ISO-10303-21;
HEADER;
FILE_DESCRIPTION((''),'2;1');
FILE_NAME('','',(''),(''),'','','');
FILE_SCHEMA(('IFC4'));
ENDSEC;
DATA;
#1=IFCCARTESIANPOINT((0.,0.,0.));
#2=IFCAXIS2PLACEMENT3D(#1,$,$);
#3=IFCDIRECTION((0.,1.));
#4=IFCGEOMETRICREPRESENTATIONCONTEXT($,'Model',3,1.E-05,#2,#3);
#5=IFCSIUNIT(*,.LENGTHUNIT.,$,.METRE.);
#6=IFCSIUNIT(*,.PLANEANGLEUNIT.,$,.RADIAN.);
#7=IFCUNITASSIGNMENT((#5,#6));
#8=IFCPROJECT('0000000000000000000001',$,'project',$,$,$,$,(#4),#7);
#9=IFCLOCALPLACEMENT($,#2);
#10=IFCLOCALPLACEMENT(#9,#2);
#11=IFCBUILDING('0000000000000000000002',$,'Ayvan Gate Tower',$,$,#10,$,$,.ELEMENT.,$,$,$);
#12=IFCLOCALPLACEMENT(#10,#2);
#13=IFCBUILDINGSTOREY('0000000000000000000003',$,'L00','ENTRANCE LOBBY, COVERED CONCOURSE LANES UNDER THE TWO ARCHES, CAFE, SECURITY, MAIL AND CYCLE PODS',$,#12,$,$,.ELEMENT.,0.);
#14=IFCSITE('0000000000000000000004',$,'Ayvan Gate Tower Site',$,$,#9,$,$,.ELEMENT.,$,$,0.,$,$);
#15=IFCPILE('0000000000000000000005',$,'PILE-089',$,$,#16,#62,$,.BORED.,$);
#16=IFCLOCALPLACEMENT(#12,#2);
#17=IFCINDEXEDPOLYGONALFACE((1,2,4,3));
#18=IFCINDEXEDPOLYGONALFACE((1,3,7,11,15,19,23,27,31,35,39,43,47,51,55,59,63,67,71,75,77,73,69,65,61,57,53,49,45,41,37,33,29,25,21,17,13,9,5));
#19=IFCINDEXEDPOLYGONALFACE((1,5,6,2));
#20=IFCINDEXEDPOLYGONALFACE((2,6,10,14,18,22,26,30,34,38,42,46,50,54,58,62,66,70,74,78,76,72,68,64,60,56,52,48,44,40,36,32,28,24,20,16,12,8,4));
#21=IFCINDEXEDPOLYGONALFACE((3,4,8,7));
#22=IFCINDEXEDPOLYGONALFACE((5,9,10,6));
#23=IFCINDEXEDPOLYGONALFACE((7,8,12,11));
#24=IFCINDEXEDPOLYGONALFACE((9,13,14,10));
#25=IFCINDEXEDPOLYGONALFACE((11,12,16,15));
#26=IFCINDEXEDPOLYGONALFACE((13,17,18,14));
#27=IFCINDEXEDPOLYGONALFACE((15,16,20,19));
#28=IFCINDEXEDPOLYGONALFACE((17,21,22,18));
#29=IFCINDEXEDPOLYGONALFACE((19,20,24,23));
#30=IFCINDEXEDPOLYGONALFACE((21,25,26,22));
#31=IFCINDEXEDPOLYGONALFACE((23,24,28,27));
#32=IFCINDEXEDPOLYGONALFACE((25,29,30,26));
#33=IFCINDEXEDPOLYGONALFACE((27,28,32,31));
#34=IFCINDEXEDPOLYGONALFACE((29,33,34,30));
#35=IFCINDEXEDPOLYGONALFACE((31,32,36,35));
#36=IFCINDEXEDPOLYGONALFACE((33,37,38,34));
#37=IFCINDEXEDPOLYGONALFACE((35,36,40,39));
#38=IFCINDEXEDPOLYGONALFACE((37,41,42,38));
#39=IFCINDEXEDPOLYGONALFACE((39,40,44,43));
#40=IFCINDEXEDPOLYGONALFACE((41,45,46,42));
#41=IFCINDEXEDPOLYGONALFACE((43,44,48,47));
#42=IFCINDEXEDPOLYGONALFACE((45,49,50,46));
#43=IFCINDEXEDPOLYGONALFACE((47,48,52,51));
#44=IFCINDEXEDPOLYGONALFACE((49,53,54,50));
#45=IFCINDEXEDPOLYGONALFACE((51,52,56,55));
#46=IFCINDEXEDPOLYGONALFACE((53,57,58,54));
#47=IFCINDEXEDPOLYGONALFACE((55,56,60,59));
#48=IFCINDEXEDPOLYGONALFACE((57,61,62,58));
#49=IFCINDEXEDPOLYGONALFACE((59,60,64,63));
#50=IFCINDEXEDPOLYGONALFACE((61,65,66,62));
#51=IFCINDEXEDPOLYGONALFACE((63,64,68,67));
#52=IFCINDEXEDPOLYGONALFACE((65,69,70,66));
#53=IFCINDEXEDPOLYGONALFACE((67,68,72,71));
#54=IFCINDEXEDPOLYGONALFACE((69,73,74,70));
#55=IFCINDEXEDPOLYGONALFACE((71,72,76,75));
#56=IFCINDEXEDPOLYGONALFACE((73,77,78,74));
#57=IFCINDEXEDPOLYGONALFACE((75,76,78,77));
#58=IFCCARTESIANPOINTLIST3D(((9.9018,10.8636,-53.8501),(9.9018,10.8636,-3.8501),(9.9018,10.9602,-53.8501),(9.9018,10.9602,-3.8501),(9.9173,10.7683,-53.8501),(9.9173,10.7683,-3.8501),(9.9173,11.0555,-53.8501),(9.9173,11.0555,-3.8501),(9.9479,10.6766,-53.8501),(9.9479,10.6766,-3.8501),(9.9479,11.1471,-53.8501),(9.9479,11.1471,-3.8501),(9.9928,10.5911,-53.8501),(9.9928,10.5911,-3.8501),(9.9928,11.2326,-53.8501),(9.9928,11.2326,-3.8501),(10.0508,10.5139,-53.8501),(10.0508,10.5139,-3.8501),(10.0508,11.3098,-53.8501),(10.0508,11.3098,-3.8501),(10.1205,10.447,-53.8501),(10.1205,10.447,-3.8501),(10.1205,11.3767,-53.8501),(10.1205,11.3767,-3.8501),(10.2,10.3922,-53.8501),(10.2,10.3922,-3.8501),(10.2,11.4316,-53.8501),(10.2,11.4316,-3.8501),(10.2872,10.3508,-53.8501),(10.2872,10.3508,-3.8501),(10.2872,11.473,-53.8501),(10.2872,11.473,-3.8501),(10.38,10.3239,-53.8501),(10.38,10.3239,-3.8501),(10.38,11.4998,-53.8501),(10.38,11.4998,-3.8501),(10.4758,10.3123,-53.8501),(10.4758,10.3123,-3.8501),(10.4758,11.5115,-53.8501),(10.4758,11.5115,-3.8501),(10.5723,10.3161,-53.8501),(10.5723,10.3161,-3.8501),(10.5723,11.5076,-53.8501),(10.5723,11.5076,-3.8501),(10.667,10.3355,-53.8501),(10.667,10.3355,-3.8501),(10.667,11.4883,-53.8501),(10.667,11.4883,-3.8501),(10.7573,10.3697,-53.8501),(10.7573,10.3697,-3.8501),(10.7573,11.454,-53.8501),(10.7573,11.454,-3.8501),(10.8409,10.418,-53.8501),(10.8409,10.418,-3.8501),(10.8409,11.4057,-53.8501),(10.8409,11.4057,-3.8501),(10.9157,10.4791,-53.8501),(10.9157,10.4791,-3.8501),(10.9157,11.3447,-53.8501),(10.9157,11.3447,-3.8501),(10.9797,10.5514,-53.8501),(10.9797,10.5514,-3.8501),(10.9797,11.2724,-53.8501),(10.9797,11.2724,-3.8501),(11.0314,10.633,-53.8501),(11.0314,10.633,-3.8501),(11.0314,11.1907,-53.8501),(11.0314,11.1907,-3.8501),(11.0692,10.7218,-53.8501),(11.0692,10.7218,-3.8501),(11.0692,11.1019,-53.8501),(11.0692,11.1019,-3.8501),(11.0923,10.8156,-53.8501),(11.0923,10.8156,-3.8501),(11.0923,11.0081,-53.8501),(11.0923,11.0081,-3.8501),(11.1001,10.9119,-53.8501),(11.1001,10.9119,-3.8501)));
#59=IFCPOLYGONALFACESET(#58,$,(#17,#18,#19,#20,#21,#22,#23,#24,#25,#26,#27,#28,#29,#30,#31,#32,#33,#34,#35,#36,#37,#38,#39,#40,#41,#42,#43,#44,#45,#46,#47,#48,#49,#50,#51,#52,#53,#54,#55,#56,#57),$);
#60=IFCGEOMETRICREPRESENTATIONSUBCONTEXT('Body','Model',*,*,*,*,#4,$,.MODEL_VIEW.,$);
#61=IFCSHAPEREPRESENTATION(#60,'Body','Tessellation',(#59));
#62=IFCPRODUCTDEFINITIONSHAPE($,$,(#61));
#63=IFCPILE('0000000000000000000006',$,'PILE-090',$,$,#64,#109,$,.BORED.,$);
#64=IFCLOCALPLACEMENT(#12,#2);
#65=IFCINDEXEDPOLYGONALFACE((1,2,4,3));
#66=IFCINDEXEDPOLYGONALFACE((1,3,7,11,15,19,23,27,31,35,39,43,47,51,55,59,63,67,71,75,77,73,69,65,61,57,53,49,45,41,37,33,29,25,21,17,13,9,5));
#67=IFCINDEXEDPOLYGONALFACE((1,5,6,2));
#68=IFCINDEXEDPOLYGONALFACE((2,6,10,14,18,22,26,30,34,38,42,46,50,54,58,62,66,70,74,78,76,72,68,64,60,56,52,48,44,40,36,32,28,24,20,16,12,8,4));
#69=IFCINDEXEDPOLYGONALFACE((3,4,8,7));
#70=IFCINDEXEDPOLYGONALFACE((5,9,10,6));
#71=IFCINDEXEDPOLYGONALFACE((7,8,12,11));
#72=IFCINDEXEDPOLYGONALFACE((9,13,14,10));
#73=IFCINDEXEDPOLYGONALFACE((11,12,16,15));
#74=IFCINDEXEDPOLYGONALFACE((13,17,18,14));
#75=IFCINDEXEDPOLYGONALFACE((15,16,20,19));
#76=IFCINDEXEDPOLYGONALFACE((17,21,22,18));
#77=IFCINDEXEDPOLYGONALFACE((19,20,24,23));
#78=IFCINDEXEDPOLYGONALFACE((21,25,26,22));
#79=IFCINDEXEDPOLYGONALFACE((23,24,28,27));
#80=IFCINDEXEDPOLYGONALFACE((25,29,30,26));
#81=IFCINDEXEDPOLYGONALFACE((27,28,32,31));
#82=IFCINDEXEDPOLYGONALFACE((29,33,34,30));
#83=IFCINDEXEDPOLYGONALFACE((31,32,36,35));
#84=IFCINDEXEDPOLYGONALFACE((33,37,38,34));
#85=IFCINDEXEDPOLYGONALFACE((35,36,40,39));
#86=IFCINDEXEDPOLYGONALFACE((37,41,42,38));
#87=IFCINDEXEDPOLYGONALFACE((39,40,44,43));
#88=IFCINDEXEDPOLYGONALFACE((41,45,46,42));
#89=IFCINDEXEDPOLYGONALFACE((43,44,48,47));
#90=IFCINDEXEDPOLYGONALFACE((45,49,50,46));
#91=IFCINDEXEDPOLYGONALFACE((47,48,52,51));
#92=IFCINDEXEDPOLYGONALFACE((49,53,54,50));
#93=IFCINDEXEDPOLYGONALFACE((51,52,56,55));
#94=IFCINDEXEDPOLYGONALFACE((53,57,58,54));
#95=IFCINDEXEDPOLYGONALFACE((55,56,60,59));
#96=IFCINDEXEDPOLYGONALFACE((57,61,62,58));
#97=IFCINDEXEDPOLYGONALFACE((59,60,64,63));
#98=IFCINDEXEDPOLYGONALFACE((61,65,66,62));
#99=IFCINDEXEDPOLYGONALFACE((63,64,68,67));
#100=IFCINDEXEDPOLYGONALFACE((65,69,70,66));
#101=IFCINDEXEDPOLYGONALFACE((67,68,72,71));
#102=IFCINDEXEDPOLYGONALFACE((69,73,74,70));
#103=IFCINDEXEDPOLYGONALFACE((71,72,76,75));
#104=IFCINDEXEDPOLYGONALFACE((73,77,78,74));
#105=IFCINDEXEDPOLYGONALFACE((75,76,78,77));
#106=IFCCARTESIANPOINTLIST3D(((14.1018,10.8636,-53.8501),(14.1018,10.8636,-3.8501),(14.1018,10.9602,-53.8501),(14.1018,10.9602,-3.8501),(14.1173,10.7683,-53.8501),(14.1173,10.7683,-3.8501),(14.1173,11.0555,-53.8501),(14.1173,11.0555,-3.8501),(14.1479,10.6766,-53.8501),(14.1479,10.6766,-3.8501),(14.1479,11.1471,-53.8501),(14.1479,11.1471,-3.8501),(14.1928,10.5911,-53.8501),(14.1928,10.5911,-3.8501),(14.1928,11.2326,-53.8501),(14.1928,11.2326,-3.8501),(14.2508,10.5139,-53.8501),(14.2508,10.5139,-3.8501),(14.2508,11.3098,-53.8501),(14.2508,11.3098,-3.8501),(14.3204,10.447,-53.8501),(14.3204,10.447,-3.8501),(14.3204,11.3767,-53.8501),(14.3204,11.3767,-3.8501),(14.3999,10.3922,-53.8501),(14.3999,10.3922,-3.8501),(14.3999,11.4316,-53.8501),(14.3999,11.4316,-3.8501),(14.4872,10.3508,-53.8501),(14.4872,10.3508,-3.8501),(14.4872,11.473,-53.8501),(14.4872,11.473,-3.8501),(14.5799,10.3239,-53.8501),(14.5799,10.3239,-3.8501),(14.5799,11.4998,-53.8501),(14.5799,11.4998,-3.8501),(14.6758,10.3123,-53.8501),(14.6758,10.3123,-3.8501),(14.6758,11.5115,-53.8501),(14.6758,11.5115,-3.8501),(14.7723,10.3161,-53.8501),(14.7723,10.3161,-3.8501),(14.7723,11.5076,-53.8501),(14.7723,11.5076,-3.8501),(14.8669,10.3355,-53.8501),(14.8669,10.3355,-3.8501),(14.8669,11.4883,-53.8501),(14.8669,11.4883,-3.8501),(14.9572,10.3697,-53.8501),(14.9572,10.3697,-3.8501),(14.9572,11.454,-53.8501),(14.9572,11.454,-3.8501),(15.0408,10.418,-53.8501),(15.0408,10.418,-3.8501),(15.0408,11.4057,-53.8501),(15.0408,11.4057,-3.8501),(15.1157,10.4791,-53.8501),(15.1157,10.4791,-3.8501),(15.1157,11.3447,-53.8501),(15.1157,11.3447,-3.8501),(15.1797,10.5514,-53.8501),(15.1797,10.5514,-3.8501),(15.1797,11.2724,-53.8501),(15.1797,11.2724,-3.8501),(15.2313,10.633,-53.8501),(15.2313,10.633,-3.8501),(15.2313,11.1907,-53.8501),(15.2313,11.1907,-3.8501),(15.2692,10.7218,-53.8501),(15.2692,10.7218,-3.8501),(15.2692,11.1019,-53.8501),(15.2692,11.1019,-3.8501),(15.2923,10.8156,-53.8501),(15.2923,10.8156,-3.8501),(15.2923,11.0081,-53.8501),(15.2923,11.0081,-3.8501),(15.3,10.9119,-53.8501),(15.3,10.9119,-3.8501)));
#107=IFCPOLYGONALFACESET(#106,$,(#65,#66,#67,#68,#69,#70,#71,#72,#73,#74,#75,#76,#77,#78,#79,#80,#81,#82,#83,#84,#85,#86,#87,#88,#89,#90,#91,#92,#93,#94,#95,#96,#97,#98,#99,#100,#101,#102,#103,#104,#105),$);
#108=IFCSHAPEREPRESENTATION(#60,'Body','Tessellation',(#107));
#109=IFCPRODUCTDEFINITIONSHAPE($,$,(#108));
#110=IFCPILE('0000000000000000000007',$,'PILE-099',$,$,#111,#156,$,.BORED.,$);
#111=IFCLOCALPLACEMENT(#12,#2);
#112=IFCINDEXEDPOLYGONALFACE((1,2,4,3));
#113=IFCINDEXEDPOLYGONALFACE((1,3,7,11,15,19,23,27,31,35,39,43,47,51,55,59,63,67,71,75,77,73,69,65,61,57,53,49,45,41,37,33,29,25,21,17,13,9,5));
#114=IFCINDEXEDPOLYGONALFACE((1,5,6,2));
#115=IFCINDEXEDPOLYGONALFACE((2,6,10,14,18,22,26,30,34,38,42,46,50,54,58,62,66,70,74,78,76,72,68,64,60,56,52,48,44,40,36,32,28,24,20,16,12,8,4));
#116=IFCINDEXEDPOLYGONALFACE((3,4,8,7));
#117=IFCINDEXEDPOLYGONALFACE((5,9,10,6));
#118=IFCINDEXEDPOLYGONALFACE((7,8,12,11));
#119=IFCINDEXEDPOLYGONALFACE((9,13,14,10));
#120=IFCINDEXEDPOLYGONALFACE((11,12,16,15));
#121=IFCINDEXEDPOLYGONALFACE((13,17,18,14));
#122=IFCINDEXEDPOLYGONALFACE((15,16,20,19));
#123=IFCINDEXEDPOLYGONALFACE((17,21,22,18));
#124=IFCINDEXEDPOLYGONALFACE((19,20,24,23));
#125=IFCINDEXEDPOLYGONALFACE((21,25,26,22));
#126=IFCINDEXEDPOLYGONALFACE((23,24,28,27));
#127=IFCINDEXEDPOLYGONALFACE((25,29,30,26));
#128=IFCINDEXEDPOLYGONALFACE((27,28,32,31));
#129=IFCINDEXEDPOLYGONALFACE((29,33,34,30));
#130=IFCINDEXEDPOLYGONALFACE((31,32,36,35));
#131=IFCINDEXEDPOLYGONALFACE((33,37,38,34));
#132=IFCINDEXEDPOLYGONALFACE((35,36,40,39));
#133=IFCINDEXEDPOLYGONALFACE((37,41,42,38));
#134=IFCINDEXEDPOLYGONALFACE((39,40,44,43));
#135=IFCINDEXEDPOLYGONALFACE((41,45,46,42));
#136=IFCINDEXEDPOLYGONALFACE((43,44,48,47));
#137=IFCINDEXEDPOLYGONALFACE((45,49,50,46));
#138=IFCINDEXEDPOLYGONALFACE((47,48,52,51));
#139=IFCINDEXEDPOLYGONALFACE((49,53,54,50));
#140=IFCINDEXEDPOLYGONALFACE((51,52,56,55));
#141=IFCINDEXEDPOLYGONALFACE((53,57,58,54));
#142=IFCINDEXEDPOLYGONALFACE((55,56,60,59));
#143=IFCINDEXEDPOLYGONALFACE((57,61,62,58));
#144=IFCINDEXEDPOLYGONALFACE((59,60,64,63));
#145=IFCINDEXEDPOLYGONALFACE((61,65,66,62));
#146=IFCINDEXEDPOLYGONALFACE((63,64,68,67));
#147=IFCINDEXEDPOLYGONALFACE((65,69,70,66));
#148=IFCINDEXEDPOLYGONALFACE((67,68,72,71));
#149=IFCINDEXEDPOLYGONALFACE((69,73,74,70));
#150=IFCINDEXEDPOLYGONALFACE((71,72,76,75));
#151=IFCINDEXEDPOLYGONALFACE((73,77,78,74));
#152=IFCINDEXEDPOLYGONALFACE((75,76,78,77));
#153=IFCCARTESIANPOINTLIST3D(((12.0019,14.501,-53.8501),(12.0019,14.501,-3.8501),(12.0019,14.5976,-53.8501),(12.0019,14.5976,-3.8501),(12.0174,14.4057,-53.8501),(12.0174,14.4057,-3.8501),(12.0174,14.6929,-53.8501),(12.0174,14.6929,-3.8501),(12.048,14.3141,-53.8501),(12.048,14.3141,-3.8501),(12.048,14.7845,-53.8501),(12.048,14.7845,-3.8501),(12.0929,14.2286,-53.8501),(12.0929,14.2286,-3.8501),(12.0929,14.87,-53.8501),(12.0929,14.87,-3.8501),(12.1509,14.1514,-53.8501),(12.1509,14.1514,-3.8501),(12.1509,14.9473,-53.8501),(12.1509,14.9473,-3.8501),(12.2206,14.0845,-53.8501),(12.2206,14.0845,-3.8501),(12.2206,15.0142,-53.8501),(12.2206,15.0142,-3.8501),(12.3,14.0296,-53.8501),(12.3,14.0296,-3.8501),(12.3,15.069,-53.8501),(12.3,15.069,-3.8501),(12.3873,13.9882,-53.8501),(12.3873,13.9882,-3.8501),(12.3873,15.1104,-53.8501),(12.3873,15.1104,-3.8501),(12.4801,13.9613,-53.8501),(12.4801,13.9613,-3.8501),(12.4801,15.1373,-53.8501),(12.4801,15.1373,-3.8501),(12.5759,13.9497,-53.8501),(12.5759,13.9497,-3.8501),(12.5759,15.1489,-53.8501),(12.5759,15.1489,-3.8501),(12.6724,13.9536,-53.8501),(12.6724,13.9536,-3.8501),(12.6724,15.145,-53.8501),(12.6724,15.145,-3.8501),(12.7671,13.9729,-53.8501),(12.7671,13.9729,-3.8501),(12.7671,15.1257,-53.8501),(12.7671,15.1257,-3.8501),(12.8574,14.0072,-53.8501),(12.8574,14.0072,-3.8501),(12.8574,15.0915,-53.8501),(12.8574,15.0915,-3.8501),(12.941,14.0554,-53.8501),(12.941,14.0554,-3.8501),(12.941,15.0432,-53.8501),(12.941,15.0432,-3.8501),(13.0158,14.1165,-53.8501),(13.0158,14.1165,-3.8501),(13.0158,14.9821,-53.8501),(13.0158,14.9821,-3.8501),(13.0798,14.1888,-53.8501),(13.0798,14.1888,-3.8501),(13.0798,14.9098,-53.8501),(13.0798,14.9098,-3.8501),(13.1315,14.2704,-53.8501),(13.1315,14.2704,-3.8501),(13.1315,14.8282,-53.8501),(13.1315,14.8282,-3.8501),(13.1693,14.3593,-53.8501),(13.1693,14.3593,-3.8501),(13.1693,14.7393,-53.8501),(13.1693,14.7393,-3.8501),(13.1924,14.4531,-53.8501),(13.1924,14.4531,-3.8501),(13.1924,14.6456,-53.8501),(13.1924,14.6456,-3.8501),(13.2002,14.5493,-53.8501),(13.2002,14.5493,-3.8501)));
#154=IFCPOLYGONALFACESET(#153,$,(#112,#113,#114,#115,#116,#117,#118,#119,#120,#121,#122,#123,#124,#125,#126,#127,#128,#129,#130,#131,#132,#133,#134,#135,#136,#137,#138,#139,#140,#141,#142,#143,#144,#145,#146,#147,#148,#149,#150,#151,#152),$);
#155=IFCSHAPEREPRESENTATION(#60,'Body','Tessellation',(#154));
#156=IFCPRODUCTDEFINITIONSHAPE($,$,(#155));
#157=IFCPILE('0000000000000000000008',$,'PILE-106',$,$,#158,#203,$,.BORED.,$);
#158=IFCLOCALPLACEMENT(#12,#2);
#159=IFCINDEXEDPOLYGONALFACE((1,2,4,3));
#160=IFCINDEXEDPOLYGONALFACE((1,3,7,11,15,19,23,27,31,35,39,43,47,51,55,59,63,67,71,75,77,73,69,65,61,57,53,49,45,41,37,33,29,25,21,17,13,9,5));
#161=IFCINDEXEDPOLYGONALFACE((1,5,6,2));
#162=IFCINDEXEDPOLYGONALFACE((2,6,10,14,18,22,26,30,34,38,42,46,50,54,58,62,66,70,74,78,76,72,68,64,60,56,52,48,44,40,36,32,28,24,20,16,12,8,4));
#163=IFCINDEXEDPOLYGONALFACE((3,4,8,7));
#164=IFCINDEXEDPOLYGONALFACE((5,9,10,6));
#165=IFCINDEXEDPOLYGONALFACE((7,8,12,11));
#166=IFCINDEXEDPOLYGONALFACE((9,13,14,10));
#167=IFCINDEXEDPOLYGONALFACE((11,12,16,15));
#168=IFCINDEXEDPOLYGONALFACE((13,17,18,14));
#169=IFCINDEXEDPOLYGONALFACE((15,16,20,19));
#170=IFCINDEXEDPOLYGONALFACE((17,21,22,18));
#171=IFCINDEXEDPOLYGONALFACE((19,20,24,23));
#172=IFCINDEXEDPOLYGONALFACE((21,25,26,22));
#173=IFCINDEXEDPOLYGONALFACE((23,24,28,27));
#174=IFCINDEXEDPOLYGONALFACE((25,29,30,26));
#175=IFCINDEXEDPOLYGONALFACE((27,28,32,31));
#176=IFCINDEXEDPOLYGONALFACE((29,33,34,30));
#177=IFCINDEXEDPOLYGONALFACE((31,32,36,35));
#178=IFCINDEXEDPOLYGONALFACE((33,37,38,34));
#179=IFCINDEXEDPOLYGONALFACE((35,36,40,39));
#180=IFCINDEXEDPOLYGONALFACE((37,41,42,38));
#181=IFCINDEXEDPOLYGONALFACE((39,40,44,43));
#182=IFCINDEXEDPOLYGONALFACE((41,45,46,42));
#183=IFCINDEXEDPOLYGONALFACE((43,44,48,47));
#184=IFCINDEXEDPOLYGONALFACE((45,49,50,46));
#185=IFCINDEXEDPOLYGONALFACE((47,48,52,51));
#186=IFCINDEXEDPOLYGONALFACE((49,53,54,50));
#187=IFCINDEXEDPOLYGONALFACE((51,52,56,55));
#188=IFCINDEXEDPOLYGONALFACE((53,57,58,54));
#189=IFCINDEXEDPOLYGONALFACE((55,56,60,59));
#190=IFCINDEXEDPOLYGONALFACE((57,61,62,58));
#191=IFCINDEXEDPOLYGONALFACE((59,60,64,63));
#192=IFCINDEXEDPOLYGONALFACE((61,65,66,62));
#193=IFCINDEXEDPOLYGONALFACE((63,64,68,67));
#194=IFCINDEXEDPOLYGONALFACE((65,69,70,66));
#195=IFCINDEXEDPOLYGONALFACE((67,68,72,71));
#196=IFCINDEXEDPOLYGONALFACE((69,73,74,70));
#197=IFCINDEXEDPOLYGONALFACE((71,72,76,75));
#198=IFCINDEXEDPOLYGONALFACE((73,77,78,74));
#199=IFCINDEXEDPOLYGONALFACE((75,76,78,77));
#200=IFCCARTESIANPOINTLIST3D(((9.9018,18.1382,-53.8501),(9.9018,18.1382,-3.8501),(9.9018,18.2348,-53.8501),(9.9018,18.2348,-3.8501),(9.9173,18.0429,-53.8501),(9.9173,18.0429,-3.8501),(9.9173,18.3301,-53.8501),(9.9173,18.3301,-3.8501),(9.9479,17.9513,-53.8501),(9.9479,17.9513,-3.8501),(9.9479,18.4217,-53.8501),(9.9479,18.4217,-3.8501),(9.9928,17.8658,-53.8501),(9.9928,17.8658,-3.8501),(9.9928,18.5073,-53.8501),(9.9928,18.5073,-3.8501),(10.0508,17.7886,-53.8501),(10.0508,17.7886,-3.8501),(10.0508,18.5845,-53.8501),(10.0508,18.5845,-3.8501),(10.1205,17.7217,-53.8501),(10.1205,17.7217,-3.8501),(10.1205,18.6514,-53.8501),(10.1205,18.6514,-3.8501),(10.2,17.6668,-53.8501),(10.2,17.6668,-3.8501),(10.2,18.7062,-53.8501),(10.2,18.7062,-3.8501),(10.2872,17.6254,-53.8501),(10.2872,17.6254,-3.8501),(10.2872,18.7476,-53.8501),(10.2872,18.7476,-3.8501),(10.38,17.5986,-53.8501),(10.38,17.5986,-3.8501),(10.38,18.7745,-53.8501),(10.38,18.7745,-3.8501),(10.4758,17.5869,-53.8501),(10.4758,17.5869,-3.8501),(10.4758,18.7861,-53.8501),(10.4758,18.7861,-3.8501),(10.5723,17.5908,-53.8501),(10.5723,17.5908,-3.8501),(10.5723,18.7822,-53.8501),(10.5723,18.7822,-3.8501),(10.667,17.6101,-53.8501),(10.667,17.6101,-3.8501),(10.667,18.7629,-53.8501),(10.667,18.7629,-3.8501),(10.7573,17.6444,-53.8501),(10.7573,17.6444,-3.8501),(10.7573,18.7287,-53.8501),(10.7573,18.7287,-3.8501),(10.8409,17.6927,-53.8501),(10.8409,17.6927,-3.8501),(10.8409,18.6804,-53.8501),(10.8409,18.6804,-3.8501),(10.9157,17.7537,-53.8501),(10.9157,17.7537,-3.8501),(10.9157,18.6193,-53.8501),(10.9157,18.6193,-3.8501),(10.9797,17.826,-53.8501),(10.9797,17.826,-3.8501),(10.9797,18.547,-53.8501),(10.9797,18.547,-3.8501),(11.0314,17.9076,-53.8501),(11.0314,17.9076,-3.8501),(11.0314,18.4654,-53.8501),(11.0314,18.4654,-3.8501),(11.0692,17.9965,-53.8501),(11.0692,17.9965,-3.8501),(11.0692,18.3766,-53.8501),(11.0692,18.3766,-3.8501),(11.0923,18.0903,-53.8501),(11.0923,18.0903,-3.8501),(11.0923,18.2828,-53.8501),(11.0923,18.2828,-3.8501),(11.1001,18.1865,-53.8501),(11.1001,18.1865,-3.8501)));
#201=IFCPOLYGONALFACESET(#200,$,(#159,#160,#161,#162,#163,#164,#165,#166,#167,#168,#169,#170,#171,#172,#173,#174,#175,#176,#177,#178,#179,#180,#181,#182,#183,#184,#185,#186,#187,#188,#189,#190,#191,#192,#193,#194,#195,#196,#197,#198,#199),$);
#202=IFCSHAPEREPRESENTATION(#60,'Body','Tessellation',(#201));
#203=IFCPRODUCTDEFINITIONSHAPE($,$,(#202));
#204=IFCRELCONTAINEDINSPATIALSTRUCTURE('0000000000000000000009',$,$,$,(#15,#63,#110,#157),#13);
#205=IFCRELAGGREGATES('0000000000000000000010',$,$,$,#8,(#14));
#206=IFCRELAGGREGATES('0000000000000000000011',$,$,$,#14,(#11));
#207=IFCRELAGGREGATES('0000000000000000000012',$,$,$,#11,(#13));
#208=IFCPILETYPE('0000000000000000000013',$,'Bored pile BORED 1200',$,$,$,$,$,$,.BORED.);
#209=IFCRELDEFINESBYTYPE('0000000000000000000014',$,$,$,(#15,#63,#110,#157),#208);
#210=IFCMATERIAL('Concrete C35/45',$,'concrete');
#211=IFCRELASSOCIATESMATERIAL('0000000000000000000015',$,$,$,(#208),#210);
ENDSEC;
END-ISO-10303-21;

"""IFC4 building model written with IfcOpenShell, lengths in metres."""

from ifc_helpers import new_model, si_unit, direction, frame, origin, origin_2d, place, context, subcontext, project, spatial, circle, extrude, material, material_profile, profile_set, type_object, element, save


model = new_model("IFC4")

# Units and contexts
model_context = context("Model", 3, precision=1e-05, world=origin(), true_north=direction((0.0, 1.0)))
body_context = subcontext(model_context, "Body", "Model", "MODEL_VIEW")
ifc_project = project(units=[si_unit("LENGTHUNIT", "METRE"), si_unit("PLANEANGLEUNIT", "RADIAN")], contexts=[model_context])

# Site, building, storey
site_placement = place(None, origin())
site = spatial("IfcSite", under=ifc_project, at=site_placement, Name="Ayvan Gate Tower Site", CompositionType="ELEMENT", RefElevation=0.0)
building_placement = place(site_placement, origin())
building = spatial("IfcBuilding", under=site, at=building_placement, Name="Ayvan Gate Tower", CompositionType="ELEMENT")
storey_placement = place(building_placement, origin())
storey = spatial("IfcBuildingStorey", under=building, at=storey_placement, Name="L00", Description="ENTRANCE LOBBY, COVERED CONCOURSE LANES UNDER THE TWO ARCHES, CAFE, SECURITY, MAIL AND CYCLE PODS", CompositionType="ELEMENT", Elevation=0.0)

# Piles
ifc_material_1 = material(Name="Concrete C35/45", Category="concrete")
ifc_material_profile_1 = material_profile(ifc_material_1, circle(Radius=0.6001, at=origin_2d()), Name="BORED 1200")
ifc_profile_set_1 = profile_set([ifc_material_profile_1], Name="Concrete C35/45")
pile_type = type_object("IfcPileType", Name="Bored pile BORED 1200", PredefinedType="BORED", material=ifc_profile_set_1)
for number, where, z_axis, x_axis, name in (
    (1, (10.5, 10.9119, -3.8501), (0.0, 0.0, -1.0), (1.0, 0.0, 0.0), "PILE-089"),
    (2, (14.7, 10.9119, -3.8501), (0.0, 0.0, -1.0), (1.0, 0.0, 0.0), "PILE-090"),
    (3, (12.6001, 14.5493, -3.8501), (0.0, 0.0, -1.0), (1.0, 0.0, 0.0), "PILE-099"),
    (4, (10.5, 18.1865, -3.8501), (0.0, 0.0, -1.0), (1.0, 0.0, 0.0), "PILE-106"),
):
    element("IfcPile", number, at=place(storey_placement, frame(where, z_axis=z_axis, x_axis=x_axis)), inside=storey, type_object=pile_type, Name=name, PredefinedType="BORED", context=body_context, shape_type="SweptSolid", body=[
        extrude(circle(Radius=0.6001, at=origin_2d()), origin(), (0.0, 0.0, 1.0), 50.0),
    ])

save(model, "model.ifc")
